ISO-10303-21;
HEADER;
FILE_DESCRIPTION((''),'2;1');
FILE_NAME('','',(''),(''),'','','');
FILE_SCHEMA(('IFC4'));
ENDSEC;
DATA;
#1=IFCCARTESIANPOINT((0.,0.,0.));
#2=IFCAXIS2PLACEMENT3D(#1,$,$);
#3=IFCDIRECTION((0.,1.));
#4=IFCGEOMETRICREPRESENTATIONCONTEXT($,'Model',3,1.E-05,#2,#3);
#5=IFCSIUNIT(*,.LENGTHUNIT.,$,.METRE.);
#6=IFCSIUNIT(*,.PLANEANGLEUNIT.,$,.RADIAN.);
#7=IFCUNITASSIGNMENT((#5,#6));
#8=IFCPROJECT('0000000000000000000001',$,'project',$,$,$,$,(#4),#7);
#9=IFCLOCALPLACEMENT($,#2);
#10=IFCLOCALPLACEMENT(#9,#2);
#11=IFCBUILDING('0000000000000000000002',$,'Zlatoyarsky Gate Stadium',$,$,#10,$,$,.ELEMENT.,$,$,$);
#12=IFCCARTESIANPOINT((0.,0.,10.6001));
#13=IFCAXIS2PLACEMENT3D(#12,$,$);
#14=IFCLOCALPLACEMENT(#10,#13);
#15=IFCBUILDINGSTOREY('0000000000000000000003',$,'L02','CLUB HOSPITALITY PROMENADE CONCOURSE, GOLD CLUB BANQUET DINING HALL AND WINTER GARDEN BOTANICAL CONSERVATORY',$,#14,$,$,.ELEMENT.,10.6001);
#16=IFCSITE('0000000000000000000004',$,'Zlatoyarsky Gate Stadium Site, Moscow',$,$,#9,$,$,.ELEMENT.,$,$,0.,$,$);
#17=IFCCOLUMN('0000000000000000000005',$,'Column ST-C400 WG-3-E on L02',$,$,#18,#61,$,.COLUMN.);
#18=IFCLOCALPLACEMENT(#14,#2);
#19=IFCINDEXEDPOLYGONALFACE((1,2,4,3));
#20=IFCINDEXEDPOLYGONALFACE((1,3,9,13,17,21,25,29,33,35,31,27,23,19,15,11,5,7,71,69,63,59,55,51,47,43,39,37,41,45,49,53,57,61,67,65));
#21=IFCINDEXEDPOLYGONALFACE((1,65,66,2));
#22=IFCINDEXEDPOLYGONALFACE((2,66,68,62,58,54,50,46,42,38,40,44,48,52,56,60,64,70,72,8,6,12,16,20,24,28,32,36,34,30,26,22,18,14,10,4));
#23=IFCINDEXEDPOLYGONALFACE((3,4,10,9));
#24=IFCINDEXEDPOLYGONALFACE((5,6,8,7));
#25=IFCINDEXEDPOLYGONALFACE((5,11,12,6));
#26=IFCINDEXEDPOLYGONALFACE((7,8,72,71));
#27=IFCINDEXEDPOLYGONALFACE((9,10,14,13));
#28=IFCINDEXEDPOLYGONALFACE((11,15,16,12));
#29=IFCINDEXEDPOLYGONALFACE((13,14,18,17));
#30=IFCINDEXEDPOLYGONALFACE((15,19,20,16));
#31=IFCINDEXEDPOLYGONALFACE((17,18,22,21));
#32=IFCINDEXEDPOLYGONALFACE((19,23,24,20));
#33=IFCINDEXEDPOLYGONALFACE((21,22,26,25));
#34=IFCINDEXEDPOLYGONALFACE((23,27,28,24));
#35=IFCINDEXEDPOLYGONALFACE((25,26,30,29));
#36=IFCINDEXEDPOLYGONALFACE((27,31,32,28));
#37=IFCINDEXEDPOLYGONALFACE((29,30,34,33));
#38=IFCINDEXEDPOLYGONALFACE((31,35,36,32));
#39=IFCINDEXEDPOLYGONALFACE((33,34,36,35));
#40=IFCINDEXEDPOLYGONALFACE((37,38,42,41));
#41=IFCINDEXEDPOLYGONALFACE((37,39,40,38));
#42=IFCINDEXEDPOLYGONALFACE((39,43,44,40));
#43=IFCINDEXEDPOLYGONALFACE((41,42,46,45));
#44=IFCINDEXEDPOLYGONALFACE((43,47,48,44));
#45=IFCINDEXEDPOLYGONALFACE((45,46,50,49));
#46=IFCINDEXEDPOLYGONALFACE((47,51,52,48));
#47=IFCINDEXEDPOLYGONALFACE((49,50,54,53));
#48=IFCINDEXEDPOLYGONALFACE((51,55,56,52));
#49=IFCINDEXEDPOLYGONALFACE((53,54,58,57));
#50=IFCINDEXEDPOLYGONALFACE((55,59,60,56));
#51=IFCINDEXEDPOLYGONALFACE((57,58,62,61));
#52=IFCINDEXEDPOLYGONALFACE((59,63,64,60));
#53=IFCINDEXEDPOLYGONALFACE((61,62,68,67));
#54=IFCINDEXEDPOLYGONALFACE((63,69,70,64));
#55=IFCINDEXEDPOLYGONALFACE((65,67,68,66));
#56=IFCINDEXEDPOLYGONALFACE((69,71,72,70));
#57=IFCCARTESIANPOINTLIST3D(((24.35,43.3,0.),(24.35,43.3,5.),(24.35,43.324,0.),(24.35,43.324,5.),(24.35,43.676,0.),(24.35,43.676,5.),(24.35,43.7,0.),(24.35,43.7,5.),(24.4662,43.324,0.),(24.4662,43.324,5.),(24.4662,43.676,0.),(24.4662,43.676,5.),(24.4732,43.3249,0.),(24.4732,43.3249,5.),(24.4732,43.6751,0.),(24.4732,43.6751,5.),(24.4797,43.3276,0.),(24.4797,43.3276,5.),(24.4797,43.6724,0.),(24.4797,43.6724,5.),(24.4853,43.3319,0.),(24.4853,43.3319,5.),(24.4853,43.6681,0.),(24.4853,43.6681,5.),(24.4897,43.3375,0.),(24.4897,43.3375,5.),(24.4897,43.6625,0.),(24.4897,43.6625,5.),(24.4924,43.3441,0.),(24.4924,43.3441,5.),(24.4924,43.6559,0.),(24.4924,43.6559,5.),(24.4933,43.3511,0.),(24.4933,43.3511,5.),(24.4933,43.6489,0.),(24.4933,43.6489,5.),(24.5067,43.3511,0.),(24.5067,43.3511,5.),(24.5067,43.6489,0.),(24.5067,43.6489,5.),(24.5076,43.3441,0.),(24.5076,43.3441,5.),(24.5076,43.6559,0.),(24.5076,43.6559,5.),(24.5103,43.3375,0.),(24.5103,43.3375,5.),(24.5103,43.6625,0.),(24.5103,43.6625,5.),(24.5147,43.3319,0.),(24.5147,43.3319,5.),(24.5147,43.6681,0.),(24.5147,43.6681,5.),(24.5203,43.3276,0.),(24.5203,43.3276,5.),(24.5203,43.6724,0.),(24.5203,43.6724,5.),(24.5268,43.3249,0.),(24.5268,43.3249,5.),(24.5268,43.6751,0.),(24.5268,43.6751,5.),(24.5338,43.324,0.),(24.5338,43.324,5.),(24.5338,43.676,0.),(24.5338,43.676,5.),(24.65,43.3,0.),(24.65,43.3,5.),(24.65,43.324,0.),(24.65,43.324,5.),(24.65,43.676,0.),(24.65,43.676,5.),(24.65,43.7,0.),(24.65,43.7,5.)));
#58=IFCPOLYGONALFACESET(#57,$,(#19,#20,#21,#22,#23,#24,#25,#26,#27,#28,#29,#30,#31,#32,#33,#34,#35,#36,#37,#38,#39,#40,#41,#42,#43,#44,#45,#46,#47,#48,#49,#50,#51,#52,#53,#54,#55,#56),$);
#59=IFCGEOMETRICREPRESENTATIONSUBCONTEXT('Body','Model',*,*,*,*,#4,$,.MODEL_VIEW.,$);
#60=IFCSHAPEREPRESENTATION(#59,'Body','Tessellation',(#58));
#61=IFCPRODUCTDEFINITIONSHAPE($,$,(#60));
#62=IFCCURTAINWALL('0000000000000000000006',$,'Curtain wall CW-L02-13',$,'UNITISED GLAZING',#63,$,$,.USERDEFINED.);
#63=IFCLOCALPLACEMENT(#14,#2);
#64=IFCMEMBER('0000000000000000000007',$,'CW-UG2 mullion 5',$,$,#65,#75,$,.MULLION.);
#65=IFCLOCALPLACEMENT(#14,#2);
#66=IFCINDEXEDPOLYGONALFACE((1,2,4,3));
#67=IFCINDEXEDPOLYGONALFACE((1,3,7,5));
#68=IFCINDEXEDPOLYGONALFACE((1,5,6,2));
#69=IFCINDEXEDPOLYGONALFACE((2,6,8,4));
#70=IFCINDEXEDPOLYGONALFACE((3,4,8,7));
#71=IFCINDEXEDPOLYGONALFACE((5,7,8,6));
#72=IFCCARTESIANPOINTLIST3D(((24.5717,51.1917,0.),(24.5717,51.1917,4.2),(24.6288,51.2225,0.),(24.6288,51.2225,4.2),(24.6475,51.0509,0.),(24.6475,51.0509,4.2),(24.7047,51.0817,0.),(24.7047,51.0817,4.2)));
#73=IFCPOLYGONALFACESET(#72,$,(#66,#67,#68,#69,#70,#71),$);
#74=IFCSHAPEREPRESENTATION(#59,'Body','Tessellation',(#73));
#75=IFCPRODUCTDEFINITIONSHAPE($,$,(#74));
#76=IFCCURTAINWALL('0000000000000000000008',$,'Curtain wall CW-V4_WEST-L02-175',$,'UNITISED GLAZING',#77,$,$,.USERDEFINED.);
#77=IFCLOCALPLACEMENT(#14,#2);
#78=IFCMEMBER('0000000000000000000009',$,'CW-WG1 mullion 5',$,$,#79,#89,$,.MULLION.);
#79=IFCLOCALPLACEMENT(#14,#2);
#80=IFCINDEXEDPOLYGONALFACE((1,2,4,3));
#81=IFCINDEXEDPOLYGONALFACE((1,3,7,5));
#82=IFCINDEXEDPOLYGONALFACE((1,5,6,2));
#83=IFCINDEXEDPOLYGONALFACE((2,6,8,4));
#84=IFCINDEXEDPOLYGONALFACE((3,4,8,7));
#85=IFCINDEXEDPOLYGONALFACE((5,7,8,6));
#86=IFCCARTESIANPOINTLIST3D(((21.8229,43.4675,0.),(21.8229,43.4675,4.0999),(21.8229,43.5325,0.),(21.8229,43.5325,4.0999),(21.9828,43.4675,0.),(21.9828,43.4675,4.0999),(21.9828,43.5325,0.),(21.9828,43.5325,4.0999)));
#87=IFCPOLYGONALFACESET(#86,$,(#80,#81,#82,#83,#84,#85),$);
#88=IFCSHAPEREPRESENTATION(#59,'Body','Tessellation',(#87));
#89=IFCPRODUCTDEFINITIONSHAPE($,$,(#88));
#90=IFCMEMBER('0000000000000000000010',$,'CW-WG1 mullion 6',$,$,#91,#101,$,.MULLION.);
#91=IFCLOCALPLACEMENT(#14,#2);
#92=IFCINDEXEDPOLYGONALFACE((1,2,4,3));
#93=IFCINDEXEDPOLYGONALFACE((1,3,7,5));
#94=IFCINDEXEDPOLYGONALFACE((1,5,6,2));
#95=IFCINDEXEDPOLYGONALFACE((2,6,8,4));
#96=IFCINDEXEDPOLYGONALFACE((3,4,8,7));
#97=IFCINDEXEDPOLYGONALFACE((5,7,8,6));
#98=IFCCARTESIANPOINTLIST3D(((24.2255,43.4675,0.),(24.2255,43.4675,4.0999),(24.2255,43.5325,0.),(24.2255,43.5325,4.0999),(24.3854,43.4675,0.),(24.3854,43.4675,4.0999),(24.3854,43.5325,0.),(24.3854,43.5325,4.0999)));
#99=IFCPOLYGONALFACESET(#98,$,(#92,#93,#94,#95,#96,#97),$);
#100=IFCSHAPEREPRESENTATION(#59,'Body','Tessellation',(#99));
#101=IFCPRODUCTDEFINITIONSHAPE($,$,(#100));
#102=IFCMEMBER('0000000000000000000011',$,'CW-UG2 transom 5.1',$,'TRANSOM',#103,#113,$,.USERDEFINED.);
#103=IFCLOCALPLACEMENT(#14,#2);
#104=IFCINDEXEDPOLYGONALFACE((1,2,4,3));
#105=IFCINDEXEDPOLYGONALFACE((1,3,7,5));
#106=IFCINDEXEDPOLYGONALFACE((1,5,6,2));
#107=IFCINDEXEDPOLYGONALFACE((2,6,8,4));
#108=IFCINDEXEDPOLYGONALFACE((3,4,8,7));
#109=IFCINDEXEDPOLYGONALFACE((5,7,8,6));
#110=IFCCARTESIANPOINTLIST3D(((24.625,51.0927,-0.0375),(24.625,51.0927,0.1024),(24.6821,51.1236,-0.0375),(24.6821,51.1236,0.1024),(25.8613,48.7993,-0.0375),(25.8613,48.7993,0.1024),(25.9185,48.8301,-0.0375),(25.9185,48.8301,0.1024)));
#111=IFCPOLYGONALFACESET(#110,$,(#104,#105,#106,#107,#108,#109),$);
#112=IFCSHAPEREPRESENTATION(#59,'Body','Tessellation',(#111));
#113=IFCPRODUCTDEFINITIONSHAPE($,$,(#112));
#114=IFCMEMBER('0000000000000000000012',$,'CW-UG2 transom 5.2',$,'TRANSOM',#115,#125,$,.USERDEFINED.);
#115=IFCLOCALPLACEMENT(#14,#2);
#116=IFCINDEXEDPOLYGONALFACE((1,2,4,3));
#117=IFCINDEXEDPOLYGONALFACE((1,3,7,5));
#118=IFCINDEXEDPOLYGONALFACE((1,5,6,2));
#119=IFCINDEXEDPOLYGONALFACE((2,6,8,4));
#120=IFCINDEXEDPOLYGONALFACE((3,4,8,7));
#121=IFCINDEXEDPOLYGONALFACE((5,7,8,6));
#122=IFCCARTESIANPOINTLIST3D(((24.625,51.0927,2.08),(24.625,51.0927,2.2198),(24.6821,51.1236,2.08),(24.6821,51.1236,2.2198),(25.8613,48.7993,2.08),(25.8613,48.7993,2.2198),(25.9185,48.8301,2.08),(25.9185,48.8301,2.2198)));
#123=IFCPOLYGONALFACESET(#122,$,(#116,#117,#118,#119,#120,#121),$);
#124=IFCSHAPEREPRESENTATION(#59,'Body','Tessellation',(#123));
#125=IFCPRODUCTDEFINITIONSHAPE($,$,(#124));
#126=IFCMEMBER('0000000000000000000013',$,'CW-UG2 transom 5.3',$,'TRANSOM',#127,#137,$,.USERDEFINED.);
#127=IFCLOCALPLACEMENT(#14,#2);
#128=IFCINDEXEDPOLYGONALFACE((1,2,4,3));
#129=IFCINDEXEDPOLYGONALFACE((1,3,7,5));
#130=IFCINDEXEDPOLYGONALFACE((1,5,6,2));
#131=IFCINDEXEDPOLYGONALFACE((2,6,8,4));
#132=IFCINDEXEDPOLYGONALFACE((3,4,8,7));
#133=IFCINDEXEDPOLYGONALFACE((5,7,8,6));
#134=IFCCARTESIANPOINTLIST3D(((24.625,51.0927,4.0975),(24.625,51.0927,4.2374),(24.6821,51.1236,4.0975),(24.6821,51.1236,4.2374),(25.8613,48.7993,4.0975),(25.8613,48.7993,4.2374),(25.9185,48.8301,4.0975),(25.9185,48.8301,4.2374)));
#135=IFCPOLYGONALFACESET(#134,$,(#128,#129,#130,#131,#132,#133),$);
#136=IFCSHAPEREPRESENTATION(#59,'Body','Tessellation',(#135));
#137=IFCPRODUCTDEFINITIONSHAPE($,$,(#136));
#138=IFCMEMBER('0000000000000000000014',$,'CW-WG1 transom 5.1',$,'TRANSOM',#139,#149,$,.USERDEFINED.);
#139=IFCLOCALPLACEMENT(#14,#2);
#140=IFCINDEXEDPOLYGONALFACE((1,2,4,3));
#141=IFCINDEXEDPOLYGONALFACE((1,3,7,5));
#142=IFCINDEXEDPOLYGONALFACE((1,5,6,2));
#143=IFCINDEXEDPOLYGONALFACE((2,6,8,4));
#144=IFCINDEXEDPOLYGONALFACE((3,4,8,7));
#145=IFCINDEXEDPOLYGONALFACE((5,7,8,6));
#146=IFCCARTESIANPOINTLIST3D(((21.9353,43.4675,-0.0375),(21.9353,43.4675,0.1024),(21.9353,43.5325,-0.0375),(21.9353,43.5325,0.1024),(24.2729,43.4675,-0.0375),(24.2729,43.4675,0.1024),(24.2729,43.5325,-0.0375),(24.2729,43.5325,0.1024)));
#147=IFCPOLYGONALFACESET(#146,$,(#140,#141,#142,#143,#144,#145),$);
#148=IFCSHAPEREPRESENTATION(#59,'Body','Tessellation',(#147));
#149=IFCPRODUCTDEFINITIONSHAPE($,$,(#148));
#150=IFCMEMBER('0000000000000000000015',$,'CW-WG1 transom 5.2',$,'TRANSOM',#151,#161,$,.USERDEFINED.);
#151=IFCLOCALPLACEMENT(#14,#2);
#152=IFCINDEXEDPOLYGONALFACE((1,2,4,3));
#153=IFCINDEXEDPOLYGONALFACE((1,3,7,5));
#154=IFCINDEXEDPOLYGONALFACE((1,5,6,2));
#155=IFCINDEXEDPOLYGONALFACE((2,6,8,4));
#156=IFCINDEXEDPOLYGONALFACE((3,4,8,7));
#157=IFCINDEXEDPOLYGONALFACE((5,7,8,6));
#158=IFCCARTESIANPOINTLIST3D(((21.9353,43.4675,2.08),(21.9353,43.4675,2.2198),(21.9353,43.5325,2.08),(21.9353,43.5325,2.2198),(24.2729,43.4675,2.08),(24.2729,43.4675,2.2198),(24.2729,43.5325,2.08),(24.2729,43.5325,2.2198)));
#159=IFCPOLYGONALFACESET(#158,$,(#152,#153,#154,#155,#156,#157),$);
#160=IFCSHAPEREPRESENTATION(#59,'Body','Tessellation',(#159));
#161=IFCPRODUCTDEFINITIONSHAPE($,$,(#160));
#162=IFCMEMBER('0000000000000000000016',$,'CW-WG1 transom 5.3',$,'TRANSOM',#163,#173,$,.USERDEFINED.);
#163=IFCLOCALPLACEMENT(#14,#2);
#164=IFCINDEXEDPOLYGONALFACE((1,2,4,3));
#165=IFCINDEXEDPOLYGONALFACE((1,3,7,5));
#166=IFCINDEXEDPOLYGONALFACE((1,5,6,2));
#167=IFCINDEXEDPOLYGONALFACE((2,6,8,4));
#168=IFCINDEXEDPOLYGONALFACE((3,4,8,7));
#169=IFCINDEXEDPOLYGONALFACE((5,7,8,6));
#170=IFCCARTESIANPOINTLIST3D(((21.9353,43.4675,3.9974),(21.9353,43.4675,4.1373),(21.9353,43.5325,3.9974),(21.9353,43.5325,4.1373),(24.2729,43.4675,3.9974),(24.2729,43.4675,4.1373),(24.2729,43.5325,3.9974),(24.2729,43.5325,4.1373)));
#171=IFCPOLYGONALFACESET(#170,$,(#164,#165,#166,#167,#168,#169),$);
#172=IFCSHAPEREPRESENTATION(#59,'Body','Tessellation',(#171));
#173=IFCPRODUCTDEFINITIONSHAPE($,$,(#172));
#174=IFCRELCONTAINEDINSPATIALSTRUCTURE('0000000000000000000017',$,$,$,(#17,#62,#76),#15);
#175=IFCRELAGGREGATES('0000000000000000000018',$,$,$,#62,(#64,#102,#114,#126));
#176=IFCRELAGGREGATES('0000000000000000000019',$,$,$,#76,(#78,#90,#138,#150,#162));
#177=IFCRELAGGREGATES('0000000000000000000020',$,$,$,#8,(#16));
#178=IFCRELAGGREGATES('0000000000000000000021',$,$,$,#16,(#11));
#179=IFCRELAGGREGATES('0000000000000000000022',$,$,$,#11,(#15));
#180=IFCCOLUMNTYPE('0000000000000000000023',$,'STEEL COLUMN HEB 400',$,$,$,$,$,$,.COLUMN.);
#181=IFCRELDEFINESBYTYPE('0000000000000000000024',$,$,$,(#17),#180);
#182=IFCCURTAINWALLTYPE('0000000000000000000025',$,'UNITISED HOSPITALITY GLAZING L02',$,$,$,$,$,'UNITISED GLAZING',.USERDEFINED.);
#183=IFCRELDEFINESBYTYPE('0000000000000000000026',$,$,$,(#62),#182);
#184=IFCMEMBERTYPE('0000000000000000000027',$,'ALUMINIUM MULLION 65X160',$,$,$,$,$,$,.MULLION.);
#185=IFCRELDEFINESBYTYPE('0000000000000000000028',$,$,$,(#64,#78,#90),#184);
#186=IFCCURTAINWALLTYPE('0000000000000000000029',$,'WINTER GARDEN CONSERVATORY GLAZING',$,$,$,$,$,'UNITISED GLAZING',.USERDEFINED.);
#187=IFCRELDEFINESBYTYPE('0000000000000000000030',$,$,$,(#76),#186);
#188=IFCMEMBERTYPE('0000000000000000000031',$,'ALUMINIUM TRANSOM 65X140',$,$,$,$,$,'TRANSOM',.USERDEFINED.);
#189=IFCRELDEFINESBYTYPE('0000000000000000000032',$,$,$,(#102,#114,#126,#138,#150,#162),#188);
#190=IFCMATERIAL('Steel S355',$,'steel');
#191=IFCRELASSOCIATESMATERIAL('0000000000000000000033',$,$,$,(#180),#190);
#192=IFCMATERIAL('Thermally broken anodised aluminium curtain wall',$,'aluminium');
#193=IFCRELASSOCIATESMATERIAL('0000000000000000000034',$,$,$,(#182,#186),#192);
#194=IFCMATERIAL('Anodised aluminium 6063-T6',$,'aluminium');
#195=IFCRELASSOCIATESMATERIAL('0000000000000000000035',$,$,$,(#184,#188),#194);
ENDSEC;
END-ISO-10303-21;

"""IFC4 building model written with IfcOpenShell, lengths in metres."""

from ifc_helpers import new_model, si_unit, direction, frame, origin, origin_2d, place, context, subcontext, project, spatial, rectangle, i_section, extrude, material, material_profile, profile_set, type_object, element, aggregate, save


model = new_model("IFC4")

# Units and contexts
model_context = context("Model", 3, precision=1e-05, world=origin(), true_north=direction((0.0, 1.0)))
body_context = subcontext(model_context, "Body", "Model", "MODEL_VIEW")
ifc_project = project(units=[si_unit("LENGTHUNIT", "METRE"), si_unit("PLANEANGLEUNIT", "RADIAN")], contexts=[model_context])

# Site, building, storey
site_placement = place(None, origin())
site = spatial("IfcSite", under=ifc_project, at=site_placement, Name="Zlatoyarsky Gate Stadium Site, Moscow", CompositionType="ELEMENT", RefElevation=0.0)
building_placement = place(site_placement, origin())
building = spatial("IfcBuilding", under=site, at=building_placement, Name="Zlatoyarsky Gate Stadium", CompositionType="ELEMENT")
storey_placement = place(building_placement, frame((0.0, 0.0, 10.6001)))
storey = spatial("IfcBuildingStorey", under=building, at=storey_placement, Name="L02", Description="CLUB HOSPITALITY PROMENADE CONCOURSE, GOLD CLUB BANQUET DINING HALL AND WINTER GARDEN BOTANICAL CONSERVATORY", CompositionType="ELEMENT", Elevation=10.6001)

# Column
ifc_material_1 = material(Name="Steel S355", Category="steel")
ifc_material_profile_1 = material_profile(ifc_material_1, i_section(OverallWidth=0.3, OverallDepth=0.3999, WebThickness=0.0134, FlangeThickness=0.0239, FilletRadius=0.0271, at=origin_2d()), Name="HEB 400")
ifc_profile_set_1 = profile_set([ifc_material_profile_1], Name="Steel S355")
column_type = type_object("IfcColumnType", Name="STEEL COLUMN HEB 400", PredefinedType="COLUMN", material=ifc_profile_set_1)
column_placement = place(storey_placement, frame((24.5, 43.5, 0.0), z_axis=(0.0, 0.0, 1.0), x_axis=(1.0, 0.0, 0.0)))
element("IfcColumn", 1, at=column_placement, inside=storey, type_object=column_type, Name="Column ST-C400 WG-3-E on L02", PredefinedType="COLUMN", context=body_context, shape_type="SweptSolid", body=[
    extrude(i_section(OverallWidth=0.3, OverallDepth=0.3999, WebThickness=0.0134, FlangeThickness=0.0239, FilletRadius=0.0271, at=origin_2d()), origin(), (0.0, 0.0, 1.0), 5.0),
])

# Curtain wall, member
ifc_material_2 = material(Name="Thermally broken anodised aluminium curtain wall", Category="aluminium")
curtain_wall_type_1 = type_object("IfcCurtainWallType", Name="UNITISED HOSPITALITY GLAZING L02", ElementType="UNITISED GLAZING", PredefinedType="USERDEFINED", material=ifc_material_2)
curtain_wall_1_placement = place(storey_placement, origin())
curtain_wall_1 = element("IfcCurtainWall", 2, at=curtain_wall_1_placement, inside=storey, type_object=curtain_wall_type_1, Name="Curtain wall CW-L02-13", ObjectType="UNITISED GLAZING", PredefinedType="USERDEFINED")
ifc_material_3 = material(Name="Anodised aluminium 6063-T6", Category="aluminium")
ifc_material_profile_2 = material_profile(ifc_material_3, rectangle(XDim=0.0649, YDim=0.1599, at=origin_2d()), Name="ALU 65X160")
ifc_profile_set_2 = profile_set([ifc_material_profile_2], Name="Anodised aluminium 6063-T6")
member_type_1 = type_object("IfcMemberType", Name="ALUMINIUM MULLION 65X160", PredefinedType="MULLION", material=ifc_profile_set_2)
member_1_placement = place(storey_placement, frame((24.6382, 51.1367, 0.0), z_axis=(0.0, 0.0, 1.0), x_axis=(0.880236, 0.474536, 0.0)))
member_1 = element("IfcMember", 3, at=member_1_placement, type_object=member_type_1, Name="CW-UG2 mullion 5", PredefinedType="MULLION", context=body_context, shape_type="SweptSolid", body=[
    extrude(rectangle(XDim=0.0649, YDim=0.1599, at=origin_2d()), origin(), (0.0, 0.0, 1.0), 4.2),
])

# Curtain wall, members
curtain_wall_type_2 = type_object("IfcCurtainWallType", Name="WINTER GARDEN CONSERVATORY GLAZING", ElementType="UNITISED GLAZING", PredefinedType="USERDEFINED", material=ifc_material_2)
curtain_wall_2_placement = place(storey_placement, origin())
curtain_wall_2 = element("IfcCurtainWall", 4, at=curtain_wall_2_placement, inside=storey, type_object=curtain_wall_type_2, Name="Curtain wall CW-V4_WEST-L02-175", ObjectType="UNITISED GLAZING", PredefinedType="USERDEFINED")
member_2_placement = place(storey_placement, frame((21.9028, 43.5, 0.0), z_axis=(0.0, 0.0, 1.0), x_axis=(0.0, 1.0, 0.0)))
member_2 = element("IfcMember", 5, at=member_2_placement, type_object=member_type_1, Name="CW-WG1 mullion 5", PredefinedType="MULLION", context=body_context, shape_type="SweptSolid", body=[
    extrude(rectangle(XDim=0.0649, YDim=0.1599, at=origin_2d()), origin(), (0.0, 0.0, 1.0), 4.0999),
])
member_3_placement = place(storey_placement, frame((24.3054, 43.5, 0.0), z_axis=(0.0, 0.0, 1.0), x_axis=(0.0, 1.0, 0.0)))
member_3 = element("IfcMember", 6, at=member_3_placement, type_object=member_type_1, Name="CW-WG1 mullion 6", PredefinedType="MULLION", context=body_context, shape_type="SweptSolid", body=[
    extrude(rectangle(XDim=0.0649, YDim=0.1599, at=origin_2d()), origin(), (0.0, 0.0, 1.0), 4.0999),
])

# Members
ifc_material_profile_3 = material_profile(ifc_material_3, rectangle(XDim=0.0649, YDim=0.1399, at=origin_2d()), Name="ALU 65X140")
ifc_profile_set_3 = profile_set([ifc_material_profile_3], Name="Anodised aluminium 6063-T6")
member_type_2 = type_object("IfcMemberType", Name="ALUMINIUM TRANSOM 65X140", ElementType="TRANSOM", PredefinedType="USERDEFINED", material=ifc_profile_set_3)
member_4_placement = place(storey_placement, frame((24.6536, 51.1082, 0.0325), z_axis=(0.474513, -0.880248, 0.0), x_axis=(0.880248, 0.474513, 0.0)))
member_4 = element("IfcMember", 7, at=member_4_placement, type_object=member_type_2, Name="CW-UG2 transom 5.1", ObjectType="TRANSOM", PredefinedType="USERDEFINED", context=body_context, shape_type="SweptSolid", body=[
    extrude(rectangle(XDim=0.0649, YDim=0.1399, at=origin_2d()), origin(), (0.0, 0.0, 1.0), 2.6055),
])
member_5_placement = place(storey_placement, frame((24.6536, 51.1082, 2.1499), z_axis=(0.474513, -0.880248, 0.0), x_axis=(0.880248, 0.474513, 0.0)))
member_5 = element("IfcMember", 8, at=member_5_placement, type_object=member_type_2, Name="CW-UG2 transom 5.2", ObjectType="TRANSOM", PredefinedType="USERDEFINED", context=body_context, shape_type="SweptSolid", body=[
    extrude(rectangle(XDim=0.0649, YDim=0.1399, at=origin_2d()), origin(), (0.0, 0.0, 1.0), 2.6055),
])
member_6_placement = place(storey_placement, frame((24.6536, 51.1082, 4.1675), z_axis=(0.474513, -0.880248, 0.0), x_axis=(0.880248, 0.474513, 0.0)))
member_6 = element("IfcMember", 9, at=member_6_placement, type_object=member_type_2, Name="CW-UG2 transom 5.3", ObjectType="TRANSOM", PredefinedType="USERDEFINED", context=body_context, shape_type="SweptSolid", body=[
    extrude(rectangle(XDim=0.0649, YDim=0.1399, at=origin_2d()), origin(), (0.0, 0.0, 1.0), 2.6055),
])
member_7_placement = place(storey_placement, frame((21.9353, 43.5, 0.0325), z_axis=(1.0, 0.0, 0.0), x_axis=(0.0, 1.0, 0.0)))
member_7 = element("IfcMember", 10, at=member_7_placement, type_object=member_type_2, Name="CW-WG1 transom 5.1", ObjectType="TRANSOM", PredefinedType="USERDEFINED", context=body_context, shape_type="SweptSolid", body=[
    extrude(rectangle(XDim=0.0649, YDim=0.1399, at=origin_2d()), origin(), (0.0, 0.0, 1.0), 2.3376),
])
member_8_placement = place(storey_placement, frame((21.9353, 43.5, 2.1499), z_axis=(1.0, 0.0, 0.0), x_axis=(0.0, 1.0, 0.0)))
member_8 = element("IfcMember", 11, at=member_8_placement, type_object=member_type_2, Name="CW-WG1 transom 5.2", ObjectType="TRANSOM", PredefinedType="USERDEFINED", context=body_context, shape_type="SweptSolid", body=[
    extrude(rectangle(XDim=0.0649, YDim=0.1399, at=origin_2d()), origin(), (0.0, 0.0, 1.0), 2.3376),
])
member_9_placement = place(storey_placement, frame((21.9353, 43.5, 4.0674), z_axis=(1.0, 0.0, 0.0), x_axis=(0.0, 1.0, 0.0)))
member_9 = element("IfcMember", 12, at=member_9_placement, type_object=member_type_2, Name="CW-WG1 transom 5.3", ObjectType="TRANSOM", PredefinedType="USERDEFINED", context=body_context, shape_type="SweptSolid", body=[
    extrude(rectangle(XDim=0.0649, YDim=0.1399, at=origin_2d()), origin(), (0.0, 0.0, 1.0), 2.3376),
])

aggregate(curtain_wall_1, [member_1, member_4, member_5, member_6])
aggregate(curtain_wall_2, [member_2, member_3, member_7, member_8, member_9])

save(model, "model.ifc")
